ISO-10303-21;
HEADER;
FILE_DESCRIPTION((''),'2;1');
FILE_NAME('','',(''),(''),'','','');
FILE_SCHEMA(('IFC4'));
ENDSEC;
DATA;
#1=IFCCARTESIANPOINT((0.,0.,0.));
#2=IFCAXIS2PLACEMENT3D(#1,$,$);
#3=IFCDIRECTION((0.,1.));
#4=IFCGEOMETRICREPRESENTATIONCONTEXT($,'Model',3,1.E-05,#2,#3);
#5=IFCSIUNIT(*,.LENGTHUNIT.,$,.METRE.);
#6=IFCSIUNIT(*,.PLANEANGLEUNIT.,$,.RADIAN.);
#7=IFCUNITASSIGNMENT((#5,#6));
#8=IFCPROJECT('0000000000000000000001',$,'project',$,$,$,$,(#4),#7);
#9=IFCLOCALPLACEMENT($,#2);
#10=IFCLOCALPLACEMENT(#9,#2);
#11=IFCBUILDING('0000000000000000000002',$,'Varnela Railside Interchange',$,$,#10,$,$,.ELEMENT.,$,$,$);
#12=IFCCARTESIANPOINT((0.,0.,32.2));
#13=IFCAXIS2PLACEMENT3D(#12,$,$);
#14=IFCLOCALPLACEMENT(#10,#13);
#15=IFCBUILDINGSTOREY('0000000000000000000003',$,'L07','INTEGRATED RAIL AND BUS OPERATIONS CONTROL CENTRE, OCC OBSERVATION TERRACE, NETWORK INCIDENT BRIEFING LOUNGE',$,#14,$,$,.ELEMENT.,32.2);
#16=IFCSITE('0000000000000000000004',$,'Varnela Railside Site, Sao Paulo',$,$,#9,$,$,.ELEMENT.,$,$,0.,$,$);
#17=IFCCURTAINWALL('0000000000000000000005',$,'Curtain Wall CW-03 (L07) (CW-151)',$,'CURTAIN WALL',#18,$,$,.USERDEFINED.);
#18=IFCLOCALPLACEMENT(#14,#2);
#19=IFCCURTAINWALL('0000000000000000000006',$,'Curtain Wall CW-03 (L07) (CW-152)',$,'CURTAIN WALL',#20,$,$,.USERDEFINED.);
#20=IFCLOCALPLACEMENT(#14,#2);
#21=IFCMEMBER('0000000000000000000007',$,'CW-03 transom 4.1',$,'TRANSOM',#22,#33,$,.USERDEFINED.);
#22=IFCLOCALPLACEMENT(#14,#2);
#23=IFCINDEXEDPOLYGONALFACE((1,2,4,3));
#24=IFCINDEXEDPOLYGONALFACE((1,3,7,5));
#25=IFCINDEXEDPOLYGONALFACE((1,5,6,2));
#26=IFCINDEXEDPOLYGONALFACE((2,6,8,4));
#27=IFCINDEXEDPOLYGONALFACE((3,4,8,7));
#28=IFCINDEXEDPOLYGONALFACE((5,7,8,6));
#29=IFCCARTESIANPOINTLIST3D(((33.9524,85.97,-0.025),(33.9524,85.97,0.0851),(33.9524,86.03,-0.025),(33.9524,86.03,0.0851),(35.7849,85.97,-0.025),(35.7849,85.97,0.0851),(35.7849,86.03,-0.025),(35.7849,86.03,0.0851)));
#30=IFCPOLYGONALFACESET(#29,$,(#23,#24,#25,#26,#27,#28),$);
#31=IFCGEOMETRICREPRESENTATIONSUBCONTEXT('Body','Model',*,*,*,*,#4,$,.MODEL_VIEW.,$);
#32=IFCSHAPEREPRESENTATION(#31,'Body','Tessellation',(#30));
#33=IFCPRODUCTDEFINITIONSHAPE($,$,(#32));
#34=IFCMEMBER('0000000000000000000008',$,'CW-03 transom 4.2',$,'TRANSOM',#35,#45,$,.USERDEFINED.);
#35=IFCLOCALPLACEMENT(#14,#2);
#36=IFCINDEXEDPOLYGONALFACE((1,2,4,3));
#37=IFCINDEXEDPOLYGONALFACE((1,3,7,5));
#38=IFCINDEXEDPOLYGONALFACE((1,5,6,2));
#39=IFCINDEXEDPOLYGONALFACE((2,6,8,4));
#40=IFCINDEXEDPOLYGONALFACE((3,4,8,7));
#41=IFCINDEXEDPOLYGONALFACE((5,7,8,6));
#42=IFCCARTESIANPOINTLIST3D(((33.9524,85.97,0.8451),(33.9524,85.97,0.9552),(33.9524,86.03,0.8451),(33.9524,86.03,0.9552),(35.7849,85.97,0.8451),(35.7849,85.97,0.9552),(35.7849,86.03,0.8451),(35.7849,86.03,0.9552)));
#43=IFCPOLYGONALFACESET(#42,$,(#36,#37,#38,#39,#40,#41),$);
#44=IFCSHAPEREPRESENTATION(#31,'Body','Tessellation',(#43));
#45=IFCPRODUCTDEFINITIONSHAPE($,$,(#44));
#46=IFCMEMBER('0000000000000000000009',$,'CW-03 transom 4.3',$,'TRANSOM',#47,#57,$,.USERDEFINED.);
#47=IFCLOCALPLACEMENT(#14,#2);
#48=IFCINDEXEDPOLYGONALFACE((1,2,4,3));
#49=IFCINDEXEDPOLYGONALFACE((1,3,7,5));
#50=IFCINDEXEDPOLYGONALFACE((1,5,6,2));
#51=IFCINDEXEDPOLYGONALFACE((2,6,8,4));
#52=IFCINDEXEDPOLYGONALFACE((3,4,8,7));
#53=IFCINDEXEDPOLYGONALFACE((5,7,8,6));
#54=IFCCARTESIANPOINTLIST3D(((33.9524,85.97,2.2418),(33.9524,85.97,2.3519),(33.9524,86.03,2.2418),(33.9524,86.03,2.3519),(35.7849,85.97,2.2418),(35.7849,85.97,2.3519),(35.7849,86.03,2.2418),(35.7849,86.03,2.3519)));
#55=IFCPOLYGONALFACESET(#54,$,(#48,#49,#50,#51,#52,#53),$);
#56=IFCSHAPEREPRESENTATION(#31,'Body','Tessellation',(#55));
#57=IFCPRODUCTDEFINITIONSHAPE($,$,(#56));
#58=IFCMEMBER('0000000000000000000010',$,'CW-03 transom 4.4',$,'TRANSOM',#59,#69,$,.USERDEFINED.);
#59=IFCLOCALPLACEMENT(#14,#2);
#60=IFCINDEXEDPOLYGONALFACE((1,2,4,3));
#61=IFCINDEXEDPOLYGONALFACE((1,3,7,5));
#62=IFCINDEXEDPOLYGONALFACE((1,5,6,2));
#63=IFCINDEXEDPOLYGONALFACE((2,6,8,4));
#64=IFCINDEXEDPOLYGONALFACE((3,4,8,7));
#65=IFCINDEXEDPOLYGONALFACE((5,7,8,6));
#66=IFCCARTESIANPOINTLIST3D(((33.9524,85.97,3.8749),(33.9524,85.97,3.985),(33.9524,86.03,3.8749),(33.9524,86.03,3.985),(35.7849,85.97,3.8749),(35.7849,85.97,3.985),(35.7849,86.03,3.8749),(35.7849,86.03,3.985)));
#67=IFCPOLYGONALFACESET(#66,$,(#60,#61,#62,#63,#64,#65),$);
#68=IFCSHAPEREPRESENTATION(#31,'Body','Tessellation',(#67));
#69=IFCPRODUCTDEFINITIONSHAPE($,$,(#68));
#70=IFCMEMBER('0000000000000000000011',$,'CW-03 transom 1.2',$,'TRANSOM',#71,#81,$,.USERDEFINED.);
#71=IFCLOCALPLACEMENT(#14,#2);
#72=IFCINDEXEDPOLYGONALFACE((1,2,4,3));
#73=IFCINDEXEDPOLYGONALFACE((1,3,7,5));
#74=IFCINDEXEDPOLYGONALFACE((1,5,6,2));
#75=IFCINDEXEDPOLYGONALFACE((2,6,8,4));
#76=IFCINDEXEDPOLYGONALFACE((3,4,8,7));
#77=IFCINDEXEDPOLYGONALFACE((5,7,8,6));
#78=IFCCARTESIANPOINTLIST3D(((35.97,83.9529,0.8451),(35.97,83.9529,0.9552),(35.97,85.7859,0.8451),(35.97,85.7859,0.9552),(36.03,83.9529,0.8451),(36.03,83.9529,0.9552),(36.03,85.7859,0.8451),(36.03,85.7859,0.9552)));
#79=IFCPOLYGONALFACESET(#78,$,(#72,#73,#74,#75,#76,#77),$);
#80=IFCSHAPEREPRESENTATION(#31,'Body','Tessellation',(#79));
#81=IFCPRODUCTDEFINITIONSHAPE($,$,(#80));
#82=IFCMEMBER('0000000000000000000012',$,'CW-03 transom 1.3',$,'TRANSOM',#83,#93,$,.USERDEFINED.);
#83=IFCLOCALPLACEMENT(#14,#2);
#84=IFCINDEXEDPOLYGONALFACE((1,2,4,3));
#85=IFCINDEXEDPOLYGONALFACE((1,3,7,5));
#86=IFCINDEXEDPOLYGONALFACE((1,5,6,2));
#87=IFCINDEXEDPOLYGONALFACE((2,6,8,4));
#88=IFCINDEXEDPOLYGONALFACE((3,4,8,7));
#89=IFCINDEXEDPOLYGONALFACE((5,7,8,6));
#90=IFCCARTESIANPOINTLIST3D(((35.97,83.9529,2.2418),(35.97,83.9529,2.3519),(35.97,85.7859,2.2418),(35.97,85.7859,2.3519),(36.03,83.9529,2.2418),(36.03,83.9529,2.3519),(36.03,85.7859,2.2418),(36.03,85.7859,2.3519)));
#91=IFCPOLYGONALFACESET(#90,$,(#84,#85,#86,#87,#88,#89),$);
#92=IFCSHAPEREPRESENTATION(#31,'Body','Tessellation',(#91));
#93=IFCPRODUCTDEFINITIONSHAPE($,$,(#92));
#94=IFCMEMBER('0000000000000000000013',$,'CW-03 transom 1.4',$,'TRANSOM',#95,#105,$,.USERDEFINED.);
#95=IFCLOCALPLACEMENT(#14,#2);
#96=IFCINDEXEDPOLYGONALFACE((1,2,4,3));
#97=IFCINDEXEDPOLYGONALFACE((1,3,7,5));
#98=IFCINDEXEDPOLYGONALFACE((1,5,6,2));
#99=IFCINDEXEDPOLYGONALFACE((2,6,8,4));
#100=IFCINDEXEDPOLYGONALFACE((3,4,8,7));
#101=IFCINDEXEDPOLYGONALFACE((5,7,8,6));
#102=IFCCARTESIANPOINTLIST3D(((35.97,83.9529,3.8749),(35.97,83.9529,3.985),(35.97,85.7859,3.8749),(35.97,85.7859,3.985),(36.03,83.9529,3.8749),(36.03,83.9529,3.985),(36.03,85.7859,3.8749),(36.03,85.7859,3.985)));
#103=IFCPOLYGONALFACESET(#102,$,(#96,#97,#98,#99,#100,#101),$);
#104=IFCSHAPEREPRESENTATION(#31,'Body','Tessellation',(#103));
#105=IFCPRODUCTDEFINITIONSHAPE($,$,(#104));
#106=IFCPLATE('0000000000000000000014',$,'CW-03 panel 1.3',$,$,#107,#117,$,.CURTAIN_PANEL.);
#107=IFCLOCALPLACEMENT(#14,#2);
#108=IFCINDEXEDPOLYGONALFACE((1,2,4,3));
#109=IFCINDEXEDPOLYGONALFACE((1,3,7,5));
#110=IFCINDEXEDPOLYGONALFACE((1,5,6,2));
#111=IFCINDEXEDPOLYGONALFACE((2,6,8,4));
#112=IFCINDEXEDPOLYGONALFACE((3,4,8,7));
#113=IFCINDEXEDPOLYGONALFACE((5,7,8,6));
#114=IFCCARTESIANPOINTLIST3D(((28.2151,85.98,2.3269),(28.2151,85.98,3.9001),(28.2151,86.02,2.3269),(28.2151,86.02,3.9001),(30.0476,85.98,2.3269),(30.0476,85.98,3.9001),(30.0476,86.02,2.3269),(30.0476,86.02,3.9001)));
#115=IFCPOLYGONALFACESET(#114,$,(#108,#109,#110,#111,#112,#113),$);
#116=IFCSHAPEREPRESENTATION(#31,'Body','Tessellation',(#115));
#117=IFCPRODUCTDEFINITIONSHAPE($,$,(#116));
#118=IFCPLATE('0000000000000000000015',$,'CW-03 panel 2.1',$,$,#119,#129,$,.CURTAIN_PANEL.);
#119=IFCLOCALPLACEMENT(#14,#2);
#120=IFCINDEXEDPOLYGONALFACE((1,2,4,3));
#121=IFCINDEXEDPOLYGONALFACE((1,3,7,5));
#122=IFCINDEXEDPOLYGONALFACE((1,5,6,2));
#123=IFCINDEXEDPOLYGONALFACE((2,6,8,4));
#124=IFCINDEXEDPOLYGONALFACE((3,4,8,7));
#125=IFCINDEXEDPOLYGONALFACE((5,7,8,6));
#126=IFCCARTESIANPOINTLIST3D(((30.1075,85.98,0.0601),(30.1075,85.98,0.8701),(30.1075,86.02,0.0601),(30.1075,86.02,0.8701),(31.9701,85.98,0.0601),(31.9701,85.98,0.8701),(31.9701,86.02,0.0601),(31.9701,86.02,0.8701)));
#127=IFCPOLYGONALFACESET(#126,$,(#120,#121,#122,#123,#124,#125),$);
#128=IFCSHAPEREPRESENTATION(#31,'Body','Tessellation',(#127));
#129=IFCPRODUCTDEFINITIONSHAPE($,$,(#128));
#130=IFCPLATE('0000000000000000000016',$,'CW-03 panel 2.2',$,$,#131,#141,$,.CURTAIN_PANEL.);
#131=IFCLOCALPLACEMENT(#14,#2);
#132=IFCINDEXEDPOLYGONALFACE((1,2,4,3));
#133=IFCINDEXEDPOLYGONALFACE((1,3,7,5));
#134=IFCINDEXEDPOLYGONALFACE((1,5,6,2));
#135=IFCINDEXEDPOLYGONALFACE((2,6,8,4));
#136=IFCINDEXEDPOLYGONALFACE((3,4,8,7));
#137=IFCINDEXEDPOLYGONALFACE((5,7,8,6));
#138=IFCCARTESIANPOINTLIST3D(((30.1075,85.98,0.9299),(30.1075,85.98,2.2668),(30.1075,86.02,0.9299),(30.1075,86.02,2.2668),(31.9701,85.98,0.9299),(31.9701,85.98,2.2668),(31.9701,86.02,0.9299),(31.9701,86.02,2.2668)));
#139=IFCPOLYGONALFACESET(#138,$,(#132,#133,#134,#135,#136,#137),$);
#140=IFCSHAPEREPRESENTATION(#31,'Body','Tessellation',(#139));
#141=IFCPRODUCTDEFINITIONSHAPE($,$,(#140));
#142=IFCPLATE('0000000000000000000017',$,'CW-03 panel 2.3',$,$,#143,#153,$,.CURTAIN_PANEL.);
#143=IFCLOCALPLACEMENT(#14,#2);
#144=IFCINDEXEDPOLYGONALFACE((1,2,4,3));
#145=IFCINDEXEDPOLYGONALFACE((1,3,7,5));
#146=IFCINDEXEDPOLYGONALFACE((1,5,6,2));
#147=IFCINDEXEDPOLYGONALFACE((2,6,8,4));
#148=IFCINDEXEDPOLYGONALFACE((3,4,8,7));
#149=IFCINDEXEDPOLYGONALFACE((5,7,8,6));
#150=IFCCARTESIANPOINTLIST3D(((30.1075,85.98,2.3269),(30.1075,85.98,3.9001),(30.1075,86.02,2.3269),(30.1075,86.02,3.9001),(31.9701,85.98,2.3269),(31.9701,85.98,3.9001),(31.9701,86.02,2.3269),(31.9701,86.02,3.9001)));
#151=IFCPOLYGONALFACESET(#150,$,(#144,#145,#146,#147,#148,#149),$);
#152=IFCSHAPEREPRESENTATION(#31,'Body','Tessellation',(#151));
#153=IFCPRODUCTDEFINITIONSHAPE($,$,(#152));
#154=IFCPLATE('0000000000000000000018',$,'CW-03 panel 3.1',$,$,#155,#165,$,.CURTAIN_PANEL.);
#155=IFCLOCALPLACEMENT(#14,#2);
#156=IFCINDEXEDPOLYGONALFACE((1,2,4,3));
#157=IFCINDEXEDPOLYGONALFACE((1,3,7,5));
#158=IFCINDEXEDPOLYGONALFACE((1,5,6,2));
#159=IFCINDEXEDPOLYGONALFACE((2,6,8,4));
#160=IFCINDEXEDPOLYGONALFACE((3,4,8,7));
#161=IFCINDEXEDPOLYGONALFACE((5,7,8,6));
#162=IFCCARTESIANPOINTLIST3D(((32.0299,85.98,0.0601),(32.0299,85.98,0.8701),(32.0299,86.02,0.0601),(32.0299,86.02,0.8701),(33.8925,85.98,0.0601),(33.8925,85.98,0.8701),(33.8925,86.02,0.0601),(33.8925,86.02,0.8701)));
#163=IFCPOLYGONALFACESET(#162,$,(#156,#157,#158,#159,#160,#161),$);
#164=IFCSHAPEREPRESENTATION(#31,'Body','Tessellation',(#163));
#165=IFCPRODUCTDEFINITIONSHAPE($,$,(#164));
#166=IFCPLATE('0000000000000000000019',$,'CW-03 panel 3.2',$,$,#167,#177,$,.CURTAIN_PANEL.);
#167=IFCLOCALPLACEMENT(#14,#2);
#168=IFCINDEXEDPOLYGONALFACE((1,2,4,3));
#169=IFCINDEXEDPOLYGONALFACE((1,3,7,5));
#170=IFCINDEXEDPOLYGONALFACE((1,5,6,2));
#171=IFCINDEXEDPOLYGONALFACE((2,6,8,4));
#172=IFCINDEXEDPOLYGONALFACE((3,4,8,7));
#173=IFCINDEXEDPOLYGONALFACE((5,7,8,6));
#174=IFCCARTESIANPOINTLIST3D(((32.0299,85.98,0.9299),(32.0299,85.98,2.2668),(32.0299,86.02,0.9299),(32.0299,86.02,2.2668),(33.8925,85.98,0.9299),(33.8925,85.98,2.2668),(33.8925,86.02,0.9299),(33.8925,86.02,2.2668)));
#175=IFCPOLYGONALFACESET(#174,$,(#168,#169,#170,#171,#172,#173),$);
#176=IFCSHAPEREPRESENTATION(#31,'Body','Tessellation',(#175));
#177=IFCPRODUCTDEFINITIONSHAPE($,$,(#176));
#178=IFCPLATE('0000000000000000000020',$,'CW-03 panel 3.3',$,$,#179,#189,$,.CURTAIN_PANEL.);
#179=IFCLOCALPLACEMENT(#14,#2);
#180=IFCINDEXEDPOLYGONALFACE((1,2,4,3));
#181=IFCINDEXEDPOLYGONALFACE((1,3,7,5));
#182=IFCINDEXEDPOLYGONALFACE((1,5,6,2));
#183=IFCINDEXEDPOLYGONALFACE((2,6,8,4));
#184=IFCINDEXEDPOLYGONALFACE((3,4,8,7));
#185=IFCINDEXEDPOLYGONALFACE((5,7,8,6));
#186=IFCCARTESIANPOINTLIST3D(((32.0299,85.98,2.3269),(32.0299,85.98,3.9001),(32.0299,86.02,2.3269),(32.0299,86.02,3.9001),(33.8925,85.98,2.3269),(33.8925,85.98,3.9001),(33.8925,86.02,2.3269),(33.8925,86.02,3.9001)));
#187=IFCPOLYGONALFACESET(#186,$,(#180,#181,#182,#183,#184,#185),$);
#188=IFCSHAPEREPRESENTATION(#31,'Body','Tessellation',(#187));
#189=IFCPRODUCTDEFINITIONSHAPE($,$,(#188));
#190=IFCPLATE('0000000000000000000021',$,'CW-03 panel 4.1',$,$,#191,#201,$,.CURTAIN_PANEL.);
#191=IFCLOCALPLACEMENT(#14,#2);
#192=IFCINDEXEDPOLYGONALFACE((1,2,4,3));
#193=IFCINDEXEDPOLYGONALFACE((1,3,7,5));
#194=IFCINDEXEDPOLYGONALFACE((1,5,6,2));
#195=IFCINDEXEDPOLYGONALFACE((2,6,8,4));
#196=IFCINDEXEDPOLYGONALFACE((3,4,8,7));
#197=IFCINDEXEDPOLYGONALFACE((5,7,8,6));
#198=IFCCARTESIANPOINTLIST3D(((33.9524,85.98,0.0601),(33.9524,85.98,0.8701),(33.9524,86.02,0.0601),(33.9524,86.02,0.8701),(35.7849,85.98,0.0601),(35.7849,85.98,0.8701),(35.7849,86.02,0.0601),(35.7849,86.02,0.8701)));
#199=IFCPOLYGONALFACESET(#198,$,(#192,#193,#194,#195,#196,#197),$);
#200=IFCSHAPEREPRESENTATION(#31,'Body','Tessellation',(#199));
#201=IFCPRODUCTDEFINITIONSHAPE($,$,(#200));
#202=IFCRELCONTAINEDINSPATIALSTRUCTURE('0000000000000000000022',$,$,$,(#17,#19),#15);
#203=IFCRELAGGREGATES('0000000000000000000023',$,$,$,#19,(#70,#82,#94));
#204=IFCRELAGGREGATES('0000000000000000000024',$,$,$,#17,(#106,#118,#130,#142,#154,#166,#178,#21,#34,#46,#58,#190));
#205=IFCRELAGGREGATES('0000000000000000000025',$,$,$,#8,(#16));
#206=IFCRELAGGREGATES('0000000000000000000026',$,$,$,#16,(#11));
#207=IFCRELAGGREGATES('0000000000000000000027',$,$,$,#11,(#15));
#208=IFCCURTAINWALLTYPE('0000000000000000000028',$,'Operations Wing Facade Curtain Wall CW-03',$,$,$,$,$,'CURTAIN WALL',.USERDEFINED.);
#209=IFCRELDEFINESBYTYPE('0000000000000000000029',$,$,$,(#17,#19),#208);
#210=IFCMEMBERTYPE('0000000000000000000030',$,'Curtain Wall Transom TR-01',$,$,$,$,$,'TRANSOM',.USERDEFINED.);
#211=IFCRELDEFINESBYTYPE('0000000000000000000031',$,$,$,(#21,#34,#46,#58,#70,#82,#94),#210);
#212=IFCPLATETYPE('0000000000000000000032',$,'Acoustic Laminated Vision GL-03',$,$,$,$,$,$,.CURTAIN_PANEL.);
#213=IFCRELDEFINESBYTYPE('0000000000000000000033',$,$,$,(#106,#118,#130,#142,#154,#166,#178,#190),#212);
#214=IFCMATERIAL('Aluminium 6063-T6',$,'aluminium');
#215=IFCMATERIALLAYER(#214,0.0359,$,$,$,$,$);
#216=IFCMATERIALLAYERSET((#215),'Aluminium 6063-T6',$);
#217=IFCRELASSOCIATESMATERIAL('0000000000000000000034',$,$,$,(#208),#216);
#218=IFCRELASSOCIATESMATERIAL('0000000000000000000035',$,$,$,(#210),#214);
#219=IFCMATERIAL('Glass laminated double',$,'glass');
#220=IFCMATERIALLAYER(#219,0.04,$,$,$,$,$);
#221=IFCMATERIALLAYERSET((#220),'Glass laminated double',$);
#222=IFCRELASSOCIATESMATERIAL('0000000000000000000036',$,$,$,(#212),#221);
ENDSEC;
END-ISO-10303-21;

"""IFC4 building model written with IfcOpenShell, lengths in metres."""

from ifc_helpers import new_model, si_unit, direction, frame, origin, origin_2d, place, context, subcontext, project, spatial, rectangle, extrude, material, layer, layer_set, material_profile, profile_set, type_object, element, aggregate, save


model = new_model("IFC4")

# Units and contexts
model_context = context("Model", 3, precision=1e-05, world=origin(), true_north=direction((0.0, 1.0)))
body_context = subcontext(model_context, "Body", "Model", "MODEL_VIEW")
ifc_project = project(units=[si_unit("LENGTHUNIT", "METRE"), si_unit("PLANEANGLEUNIT", "RADIAN")], contexts=[model_context])

# Site, building, storey
site_placement = place(None, origin())
site = spatial("IfcSite", under=ifc_project, at=site_placement, Name="Varnela Railside Site, Sao Paulo", CompositionType="ELEMENT", RefElevation=0.0)
building_placement = place(site_placement, origin())
building = spatial("IfcBuilding", under=site, at=building_placement, Name="Varnela Railside Interchange", CompositionType="ELEMENT")
storey_placement = place(building_placement, frame((0.0, 0.0, 32.2)))
storey = spatial("IfcBuildingStorey", under=building, at=storey_placement, Name="L07", Description="INTEGRATED RAIL AND BUS OPERATIONS CONTROL CENTRE, OCC OBSERVATION TERRACE, NETWORK INCIDENT BRIEFING LOUNGE", CompositionType="ELEMENT", Elevation=32.2)

# Curtain wall
ifc_material_1 = material(Name="Aluminium 6063-T6", Category="aluminium")
ifc_layer_1 = layer(ifc_material_1, 0.0359)
ifc_layer_set_1 = layer_set([ifc_layer_1], Name="Aluminium 6063-T6")
curtain_wall_type = type_object("IfcCurtainWallType", Name="Operations Wing Facade Curtain Wall CW-03", ElementType="CURTAIN WALL", PredefinedType="USERDEFINED", material=ifc_layer_set_1)
curtain_wall_1_placement = place(storey_placement, origin())
curtain_wall_1 = element("IfcCurtainWall", 1, at=curtain_wall_1_placement, inside=storey, type_object=curtain_wall_type, Name="Curtain Wall CW-03 (L07) (CW-151)", ObjectType="CURTAIN WALL", PredefinedType="USERDEFINED")

# Curtain wall
curtain_wall_2_placement = place(storey_placement, origin())
curtain_wall_2 = element("IfcCurtainWall", 2, at=curtain_wall_2_placement, inside=storey, type_object=curtain_wall_type, Name="Curtain Wall CW-03 (L07) (CW-152)", ObjectType="CURTAIN WALL", PredefinedType="USERDEFINED")

# Members
ifc_material_profile_1 = material_profile(ifc_material_1, rectangle(XDim=0.0601, YDim=0.1101, at=origin_2d()), Name="ALU 60x110")
ifc_profile_set_1 = profile_set([ifc_material_profile_1], Name="Aluminium 6063-T6")
member_type_1 = type_object("IfcMemberType", Name="Curtain Wall Transom TR-01", ElementType="TRANSOM", PredefinedType="USERDEFINED", material=ifc_profile_set_1)
member_1_placement = place(storey_placement, frame((33.9524, 86.0, 0.03), z_axis=(1.0, 0.0, 0.0), x_axis=(0.0, 1.0, 0.0)))
member_1 = element("IfcMember", 3, at=member_1_placement, type_object=member_type_1, Name="CW-03 transom 4.1", ObjectType="TRANSOM", PredefinedType="USERDEFINED", context=body_context, shape_type="SweptSolid", body=[
    extrude(rectangle(XDim=0.0601, YDim=0.1101, at=origin_2d()), origin(), (0.0, 0.0, 1.0), 1.8325),
])
member_2_placement = place(storey_placement, frame((33.9524, 86.0, 0.9001), z_axis=(1.0, 0.0, 0.0), x_axis=(0.0, 1.0, 0.0)))
member_2 = element("IfcMember", 4, at=member_2_placement, type_object=member_type_1, Name="CW-03 transom 4.2", ObjectType="TRANSOM", PredefinedType="USERDEFINED", context=body_context, shape_type="SweptSolid", body=[
    extrude(rectangle(XDim=0.0601, YDim=0.1101, at=origin_2d()), origin(), (0.0, 0.0, 1.0), 1.8325),
])
member_3_placement = place(storey_placement, frame((33.9524, 86.0, 2.2969), z_axis=(1.0, 0.0, 0.0), x_axis=(0.0, 1.0, 0.0)))
member_3 = element("IfcMember", 5, at=member_3_placement, type_object=member_type_1, Name="CW-03 transom 4.3", ObjectType="TRANSOM", PredefinedType="USERDEFINED", context=body_context, shape_type="SweptSolid", body=[
    extrude(rectangle(XDim=0.0601, YDim=0.1101, at=origin_2d()), origin(), (0.0, 0.0, 1.0), 1.8325),
])
member_4_placement = place(storey_placement, frame((33.9524, 86.0, 3.9299), z_axis=(1.0, 0.0, 0.0), x_axis=(0.0, 1.0, 0.0)))
member_4 = element("IfcMember", 6, at=member_4_placement, type_object=member_type_1, Name="CW-03 transom 4.4", ObjectType="TRANSOM", PredefinedType="USERDEFINED", context=body_context, shape_type="SweptSolid", body=[
    extrude(rectangle(XDim=0.0601, YDim=0.1101, at=origin_2d()), origin(), (0.0, 0.0, 1.0), 1.8325),
])
member_5_placement = place(storey_placement, frame((36.0, 85.7859, 0.9001), z_axis=(0.0, -1.0, 0.0), x_axis=(1.0, 0.0, 0.0)))
member_5 = element("IfcMember", 7, at=member_5_placement, type_object=member_type_1, Name="CW-03 transom 1.2", ObjectType="TRANSOM", PredefinedType="USERDEFINED", context=body_context, shape_type="SweptSolid", body=[
    extrude(rectangle(XDim=0.0601, YDim=0.1101, at=origin_2d()), origin(), (0.0, 0.0, 1.0), 1.833),
])
member_6_placement = place(storey_placement, frame((36.0, 85.7859, 2.2969), z_axis=(0.0, -1.0, 0.0), x_axis=(1.0, 0.0, 0.0)))
member_6 = element("IfcMember", 8, at=member_6_placement, type_object=member_type_1, Name="CW-03 transom 1.3", ObjectType="TRANSOM", PredefinedType="USERDEFINED", context=body_context, shape_type="SweptSolid", body=[
    extrude(rectangle(XDim=0.0601, YDim=0.1101, at=origin_2d()), origin(), (0.0, 0.0, 1.0), 1.833),
])
member_7_placement = place(storey_placement, frame((36.0, 85.7859, 3.9299), z_axis=(0.0, -1.0, 0.0), x_axis=(1.0, 0.0, 0.0)))
member_7 = element("IfcMember", 9, at=member_7_placement, type_object=member_type_1, Name="CW-03 transom 1.4", ObjectType="TRANSOM", PredefinedType="USERDEFINED", context=body_context, shape_type="SweptSolid", body=[
    extrude(rectangle(XDim=0.0601, YDim=0.1101, at=origin_2d()), origin(), (0.0, 0.0, 1.0), 1.833),
])
aggregate(curtain_wall_2, [member_5, member_6, member_7])

# Plates
ifc_material_2 = material(Name="Glass laminated double", Category="glass")
ifc_layer_2 = layer(ifc_material_2, 0.04)
ifc_layer_set_2 = layer_set([ifc_layer_2], Name="Glass laminated double")
plate_type = type_object("IfcPlateType", Name="Acoustic Laminated Vision GL-03", PredefinedType="CURTAIN_PANEL", material=ifc_layer_set_2)
plate_1_placement = place(storey_placement, frame((29.1313, 86.0, 2.3269), z_axis=(0.0, 0.0, 1.0), x_axis=(1.0, 0.0, 0.0)))
plate_1 = element("IfcPlate", 10, at=plate_1_placement, type_object=plate_type, Name="CW-03 panel 1.3", PredefinedType="CURTAIN_PANEL", context=body_context, shape_type="SweptSolid", body=[
    extrude(rectangle(XDim=1.8325, YDim=0.04, at=origin_2d()), origin(), (0.0, 0.0, 1.0), 1.5732),
])
plate_2_placement = place(storey_placement, frame((31.0388, 86.0, 0.0601), z_axis=(0.0, 0.0, 1.0), x_axis=(1.0, 0.0, 0.0)))
plate_2 = element("IfcPlate", 11, at=plate_2_placement, type_object=plate_type, Name="CW-03 panel 2.1", PredefinedType="CURTAIN_PANEL", context=body_context, shape_type="SweptSolid", body=[
    extrude(rectangle(XDim=1.8625, YDim=0.04, at=origin_2d()), origin(), (0.0, 0.0, 1.0), 0.8101),
])
plate_3_placement = place(storey_placement, frame((31.0388, 86.0, 0.9299), z_axis=(0.0, 0.0, 1.0), x_axis=(1.0, 0.0, 0.0)))
plate_3 = element("IfcPlate", 12, at=plate_3_placement, type_object=plate_type, Name="CW-03 panel 2.2", PredefinedType="CURTAIN_PANEL", context=body_context, shape_type="SweptSolid", body=[
    extrude(rectangle(XDim=1.8625, YDim=0.04, at=origin_2d()), origin(), (0.0, 0.0, 1.0), 1.3369),
])
plate_4_placement = place(storey_placement, frame((31.0388, 86.0, 2.3269), z_axis=(0.0, 0.0, 1.0), x_axis=(1.0, 0.0, 0.0)))
plate_4 = element("IfcPlate", 13, at=plate_4_placement, type_object=plate_type, Name="CW-03 panel 2.3", PredefinedType="CURTAIN_PANEL", context=body_context, shape_type="SweptSolid", body=[
    extrude(rectangle(XDim=1.8625, YDim=0.04, at=origin_2d()), origin(), (0.0, 0.0, 1.0), 1.5732),
])
plate_5_placement = place(storey_placement, frame((32.9612, 86.0, 0.0601), z_axis=(0.0, 0.0, 1.0), x_axis=(1.0, 0.0, 0.0)))
plate_5 = element("IfcPlate", 14, at=plate_5_placement, type_object=plate_type, Name="CW-03 panel 3.1", PredefinedType="CURTAIN_PANEL", context=body_context, shape_type="SweptSolid", body=[
    extrude(rectangle(XDim=1.8625, YDim=0.04, at=origin_2d()), origin(), (0.0, 0.0, 1.0), 0.8101),
])
plate_6_placement = place(storey_placement, frame((32.9612, 86.0, 0.9299), z_axis=(0.0, 0.0, 1.0), x_axis=(1.0, 0.0, 0.0)))
plate_6 = element("IfcPlate", 15, at=plate_6_placement, type_object=plate_type, Name="CW-03 panel 3.2", PredefinedType="CURTAIN_PANEL", context=body_context, shape_type="SweptSolid", body=[
    extrude(rectangle(XDim=1.8625, YDim=0.04, at=origin_2d()), origin(), (0.0, 0.0, 1.0), 1.3369),
])
plate_7_placement = place(storey_placement, frame((32.9612, 86.0, 2.3269), z_axis=(0.0, 0.0, 1.0), x_axis=(1.0, 0.0, 0.0)))
plate_7 = element("IfcPlate", 16, at=plate_7_placement, type_object=plate_type, Name="CW-03 panel 3.3", PredefinedType="CURTAIN_PANEL", context=body_context, shape_type="SweptSolid", body=[
    extrude(rectangle(XDim=1.8625, YDim=0.04, at=origin_2d()), origin(), (0.0, 0.0, 1.0), 1.5732),
])
plate_8_placement = place(storey_placement, frame((34.8687, 86.0, 0.0601), z_axis=(0.0, 0.0, 1.0), x_axis=(1.0, 0.0, 0.0)))
plate_8 = element("IfcPlate", 17, at=plate_8_placement, type_object=plate_type, Name="CW-03 panel 4.1", PredefinedType="CURTAIN_PANEL", context=body_context, shape_type="SweptSolid", body=[
    extrude(rectangle(XDim=1.8325, YDim=0.04, at=origin_2d()), origin(), (0.0, 0.0, 1.0), 0.8101),
])
aggregate(curtain_wall_1, [plate_1, plate_2, plate_3, plate_4, plate_5, plate_6, plate_7, member_1, member_2, member_3, member_4, plate_8])

save(model, "model.ifc")
